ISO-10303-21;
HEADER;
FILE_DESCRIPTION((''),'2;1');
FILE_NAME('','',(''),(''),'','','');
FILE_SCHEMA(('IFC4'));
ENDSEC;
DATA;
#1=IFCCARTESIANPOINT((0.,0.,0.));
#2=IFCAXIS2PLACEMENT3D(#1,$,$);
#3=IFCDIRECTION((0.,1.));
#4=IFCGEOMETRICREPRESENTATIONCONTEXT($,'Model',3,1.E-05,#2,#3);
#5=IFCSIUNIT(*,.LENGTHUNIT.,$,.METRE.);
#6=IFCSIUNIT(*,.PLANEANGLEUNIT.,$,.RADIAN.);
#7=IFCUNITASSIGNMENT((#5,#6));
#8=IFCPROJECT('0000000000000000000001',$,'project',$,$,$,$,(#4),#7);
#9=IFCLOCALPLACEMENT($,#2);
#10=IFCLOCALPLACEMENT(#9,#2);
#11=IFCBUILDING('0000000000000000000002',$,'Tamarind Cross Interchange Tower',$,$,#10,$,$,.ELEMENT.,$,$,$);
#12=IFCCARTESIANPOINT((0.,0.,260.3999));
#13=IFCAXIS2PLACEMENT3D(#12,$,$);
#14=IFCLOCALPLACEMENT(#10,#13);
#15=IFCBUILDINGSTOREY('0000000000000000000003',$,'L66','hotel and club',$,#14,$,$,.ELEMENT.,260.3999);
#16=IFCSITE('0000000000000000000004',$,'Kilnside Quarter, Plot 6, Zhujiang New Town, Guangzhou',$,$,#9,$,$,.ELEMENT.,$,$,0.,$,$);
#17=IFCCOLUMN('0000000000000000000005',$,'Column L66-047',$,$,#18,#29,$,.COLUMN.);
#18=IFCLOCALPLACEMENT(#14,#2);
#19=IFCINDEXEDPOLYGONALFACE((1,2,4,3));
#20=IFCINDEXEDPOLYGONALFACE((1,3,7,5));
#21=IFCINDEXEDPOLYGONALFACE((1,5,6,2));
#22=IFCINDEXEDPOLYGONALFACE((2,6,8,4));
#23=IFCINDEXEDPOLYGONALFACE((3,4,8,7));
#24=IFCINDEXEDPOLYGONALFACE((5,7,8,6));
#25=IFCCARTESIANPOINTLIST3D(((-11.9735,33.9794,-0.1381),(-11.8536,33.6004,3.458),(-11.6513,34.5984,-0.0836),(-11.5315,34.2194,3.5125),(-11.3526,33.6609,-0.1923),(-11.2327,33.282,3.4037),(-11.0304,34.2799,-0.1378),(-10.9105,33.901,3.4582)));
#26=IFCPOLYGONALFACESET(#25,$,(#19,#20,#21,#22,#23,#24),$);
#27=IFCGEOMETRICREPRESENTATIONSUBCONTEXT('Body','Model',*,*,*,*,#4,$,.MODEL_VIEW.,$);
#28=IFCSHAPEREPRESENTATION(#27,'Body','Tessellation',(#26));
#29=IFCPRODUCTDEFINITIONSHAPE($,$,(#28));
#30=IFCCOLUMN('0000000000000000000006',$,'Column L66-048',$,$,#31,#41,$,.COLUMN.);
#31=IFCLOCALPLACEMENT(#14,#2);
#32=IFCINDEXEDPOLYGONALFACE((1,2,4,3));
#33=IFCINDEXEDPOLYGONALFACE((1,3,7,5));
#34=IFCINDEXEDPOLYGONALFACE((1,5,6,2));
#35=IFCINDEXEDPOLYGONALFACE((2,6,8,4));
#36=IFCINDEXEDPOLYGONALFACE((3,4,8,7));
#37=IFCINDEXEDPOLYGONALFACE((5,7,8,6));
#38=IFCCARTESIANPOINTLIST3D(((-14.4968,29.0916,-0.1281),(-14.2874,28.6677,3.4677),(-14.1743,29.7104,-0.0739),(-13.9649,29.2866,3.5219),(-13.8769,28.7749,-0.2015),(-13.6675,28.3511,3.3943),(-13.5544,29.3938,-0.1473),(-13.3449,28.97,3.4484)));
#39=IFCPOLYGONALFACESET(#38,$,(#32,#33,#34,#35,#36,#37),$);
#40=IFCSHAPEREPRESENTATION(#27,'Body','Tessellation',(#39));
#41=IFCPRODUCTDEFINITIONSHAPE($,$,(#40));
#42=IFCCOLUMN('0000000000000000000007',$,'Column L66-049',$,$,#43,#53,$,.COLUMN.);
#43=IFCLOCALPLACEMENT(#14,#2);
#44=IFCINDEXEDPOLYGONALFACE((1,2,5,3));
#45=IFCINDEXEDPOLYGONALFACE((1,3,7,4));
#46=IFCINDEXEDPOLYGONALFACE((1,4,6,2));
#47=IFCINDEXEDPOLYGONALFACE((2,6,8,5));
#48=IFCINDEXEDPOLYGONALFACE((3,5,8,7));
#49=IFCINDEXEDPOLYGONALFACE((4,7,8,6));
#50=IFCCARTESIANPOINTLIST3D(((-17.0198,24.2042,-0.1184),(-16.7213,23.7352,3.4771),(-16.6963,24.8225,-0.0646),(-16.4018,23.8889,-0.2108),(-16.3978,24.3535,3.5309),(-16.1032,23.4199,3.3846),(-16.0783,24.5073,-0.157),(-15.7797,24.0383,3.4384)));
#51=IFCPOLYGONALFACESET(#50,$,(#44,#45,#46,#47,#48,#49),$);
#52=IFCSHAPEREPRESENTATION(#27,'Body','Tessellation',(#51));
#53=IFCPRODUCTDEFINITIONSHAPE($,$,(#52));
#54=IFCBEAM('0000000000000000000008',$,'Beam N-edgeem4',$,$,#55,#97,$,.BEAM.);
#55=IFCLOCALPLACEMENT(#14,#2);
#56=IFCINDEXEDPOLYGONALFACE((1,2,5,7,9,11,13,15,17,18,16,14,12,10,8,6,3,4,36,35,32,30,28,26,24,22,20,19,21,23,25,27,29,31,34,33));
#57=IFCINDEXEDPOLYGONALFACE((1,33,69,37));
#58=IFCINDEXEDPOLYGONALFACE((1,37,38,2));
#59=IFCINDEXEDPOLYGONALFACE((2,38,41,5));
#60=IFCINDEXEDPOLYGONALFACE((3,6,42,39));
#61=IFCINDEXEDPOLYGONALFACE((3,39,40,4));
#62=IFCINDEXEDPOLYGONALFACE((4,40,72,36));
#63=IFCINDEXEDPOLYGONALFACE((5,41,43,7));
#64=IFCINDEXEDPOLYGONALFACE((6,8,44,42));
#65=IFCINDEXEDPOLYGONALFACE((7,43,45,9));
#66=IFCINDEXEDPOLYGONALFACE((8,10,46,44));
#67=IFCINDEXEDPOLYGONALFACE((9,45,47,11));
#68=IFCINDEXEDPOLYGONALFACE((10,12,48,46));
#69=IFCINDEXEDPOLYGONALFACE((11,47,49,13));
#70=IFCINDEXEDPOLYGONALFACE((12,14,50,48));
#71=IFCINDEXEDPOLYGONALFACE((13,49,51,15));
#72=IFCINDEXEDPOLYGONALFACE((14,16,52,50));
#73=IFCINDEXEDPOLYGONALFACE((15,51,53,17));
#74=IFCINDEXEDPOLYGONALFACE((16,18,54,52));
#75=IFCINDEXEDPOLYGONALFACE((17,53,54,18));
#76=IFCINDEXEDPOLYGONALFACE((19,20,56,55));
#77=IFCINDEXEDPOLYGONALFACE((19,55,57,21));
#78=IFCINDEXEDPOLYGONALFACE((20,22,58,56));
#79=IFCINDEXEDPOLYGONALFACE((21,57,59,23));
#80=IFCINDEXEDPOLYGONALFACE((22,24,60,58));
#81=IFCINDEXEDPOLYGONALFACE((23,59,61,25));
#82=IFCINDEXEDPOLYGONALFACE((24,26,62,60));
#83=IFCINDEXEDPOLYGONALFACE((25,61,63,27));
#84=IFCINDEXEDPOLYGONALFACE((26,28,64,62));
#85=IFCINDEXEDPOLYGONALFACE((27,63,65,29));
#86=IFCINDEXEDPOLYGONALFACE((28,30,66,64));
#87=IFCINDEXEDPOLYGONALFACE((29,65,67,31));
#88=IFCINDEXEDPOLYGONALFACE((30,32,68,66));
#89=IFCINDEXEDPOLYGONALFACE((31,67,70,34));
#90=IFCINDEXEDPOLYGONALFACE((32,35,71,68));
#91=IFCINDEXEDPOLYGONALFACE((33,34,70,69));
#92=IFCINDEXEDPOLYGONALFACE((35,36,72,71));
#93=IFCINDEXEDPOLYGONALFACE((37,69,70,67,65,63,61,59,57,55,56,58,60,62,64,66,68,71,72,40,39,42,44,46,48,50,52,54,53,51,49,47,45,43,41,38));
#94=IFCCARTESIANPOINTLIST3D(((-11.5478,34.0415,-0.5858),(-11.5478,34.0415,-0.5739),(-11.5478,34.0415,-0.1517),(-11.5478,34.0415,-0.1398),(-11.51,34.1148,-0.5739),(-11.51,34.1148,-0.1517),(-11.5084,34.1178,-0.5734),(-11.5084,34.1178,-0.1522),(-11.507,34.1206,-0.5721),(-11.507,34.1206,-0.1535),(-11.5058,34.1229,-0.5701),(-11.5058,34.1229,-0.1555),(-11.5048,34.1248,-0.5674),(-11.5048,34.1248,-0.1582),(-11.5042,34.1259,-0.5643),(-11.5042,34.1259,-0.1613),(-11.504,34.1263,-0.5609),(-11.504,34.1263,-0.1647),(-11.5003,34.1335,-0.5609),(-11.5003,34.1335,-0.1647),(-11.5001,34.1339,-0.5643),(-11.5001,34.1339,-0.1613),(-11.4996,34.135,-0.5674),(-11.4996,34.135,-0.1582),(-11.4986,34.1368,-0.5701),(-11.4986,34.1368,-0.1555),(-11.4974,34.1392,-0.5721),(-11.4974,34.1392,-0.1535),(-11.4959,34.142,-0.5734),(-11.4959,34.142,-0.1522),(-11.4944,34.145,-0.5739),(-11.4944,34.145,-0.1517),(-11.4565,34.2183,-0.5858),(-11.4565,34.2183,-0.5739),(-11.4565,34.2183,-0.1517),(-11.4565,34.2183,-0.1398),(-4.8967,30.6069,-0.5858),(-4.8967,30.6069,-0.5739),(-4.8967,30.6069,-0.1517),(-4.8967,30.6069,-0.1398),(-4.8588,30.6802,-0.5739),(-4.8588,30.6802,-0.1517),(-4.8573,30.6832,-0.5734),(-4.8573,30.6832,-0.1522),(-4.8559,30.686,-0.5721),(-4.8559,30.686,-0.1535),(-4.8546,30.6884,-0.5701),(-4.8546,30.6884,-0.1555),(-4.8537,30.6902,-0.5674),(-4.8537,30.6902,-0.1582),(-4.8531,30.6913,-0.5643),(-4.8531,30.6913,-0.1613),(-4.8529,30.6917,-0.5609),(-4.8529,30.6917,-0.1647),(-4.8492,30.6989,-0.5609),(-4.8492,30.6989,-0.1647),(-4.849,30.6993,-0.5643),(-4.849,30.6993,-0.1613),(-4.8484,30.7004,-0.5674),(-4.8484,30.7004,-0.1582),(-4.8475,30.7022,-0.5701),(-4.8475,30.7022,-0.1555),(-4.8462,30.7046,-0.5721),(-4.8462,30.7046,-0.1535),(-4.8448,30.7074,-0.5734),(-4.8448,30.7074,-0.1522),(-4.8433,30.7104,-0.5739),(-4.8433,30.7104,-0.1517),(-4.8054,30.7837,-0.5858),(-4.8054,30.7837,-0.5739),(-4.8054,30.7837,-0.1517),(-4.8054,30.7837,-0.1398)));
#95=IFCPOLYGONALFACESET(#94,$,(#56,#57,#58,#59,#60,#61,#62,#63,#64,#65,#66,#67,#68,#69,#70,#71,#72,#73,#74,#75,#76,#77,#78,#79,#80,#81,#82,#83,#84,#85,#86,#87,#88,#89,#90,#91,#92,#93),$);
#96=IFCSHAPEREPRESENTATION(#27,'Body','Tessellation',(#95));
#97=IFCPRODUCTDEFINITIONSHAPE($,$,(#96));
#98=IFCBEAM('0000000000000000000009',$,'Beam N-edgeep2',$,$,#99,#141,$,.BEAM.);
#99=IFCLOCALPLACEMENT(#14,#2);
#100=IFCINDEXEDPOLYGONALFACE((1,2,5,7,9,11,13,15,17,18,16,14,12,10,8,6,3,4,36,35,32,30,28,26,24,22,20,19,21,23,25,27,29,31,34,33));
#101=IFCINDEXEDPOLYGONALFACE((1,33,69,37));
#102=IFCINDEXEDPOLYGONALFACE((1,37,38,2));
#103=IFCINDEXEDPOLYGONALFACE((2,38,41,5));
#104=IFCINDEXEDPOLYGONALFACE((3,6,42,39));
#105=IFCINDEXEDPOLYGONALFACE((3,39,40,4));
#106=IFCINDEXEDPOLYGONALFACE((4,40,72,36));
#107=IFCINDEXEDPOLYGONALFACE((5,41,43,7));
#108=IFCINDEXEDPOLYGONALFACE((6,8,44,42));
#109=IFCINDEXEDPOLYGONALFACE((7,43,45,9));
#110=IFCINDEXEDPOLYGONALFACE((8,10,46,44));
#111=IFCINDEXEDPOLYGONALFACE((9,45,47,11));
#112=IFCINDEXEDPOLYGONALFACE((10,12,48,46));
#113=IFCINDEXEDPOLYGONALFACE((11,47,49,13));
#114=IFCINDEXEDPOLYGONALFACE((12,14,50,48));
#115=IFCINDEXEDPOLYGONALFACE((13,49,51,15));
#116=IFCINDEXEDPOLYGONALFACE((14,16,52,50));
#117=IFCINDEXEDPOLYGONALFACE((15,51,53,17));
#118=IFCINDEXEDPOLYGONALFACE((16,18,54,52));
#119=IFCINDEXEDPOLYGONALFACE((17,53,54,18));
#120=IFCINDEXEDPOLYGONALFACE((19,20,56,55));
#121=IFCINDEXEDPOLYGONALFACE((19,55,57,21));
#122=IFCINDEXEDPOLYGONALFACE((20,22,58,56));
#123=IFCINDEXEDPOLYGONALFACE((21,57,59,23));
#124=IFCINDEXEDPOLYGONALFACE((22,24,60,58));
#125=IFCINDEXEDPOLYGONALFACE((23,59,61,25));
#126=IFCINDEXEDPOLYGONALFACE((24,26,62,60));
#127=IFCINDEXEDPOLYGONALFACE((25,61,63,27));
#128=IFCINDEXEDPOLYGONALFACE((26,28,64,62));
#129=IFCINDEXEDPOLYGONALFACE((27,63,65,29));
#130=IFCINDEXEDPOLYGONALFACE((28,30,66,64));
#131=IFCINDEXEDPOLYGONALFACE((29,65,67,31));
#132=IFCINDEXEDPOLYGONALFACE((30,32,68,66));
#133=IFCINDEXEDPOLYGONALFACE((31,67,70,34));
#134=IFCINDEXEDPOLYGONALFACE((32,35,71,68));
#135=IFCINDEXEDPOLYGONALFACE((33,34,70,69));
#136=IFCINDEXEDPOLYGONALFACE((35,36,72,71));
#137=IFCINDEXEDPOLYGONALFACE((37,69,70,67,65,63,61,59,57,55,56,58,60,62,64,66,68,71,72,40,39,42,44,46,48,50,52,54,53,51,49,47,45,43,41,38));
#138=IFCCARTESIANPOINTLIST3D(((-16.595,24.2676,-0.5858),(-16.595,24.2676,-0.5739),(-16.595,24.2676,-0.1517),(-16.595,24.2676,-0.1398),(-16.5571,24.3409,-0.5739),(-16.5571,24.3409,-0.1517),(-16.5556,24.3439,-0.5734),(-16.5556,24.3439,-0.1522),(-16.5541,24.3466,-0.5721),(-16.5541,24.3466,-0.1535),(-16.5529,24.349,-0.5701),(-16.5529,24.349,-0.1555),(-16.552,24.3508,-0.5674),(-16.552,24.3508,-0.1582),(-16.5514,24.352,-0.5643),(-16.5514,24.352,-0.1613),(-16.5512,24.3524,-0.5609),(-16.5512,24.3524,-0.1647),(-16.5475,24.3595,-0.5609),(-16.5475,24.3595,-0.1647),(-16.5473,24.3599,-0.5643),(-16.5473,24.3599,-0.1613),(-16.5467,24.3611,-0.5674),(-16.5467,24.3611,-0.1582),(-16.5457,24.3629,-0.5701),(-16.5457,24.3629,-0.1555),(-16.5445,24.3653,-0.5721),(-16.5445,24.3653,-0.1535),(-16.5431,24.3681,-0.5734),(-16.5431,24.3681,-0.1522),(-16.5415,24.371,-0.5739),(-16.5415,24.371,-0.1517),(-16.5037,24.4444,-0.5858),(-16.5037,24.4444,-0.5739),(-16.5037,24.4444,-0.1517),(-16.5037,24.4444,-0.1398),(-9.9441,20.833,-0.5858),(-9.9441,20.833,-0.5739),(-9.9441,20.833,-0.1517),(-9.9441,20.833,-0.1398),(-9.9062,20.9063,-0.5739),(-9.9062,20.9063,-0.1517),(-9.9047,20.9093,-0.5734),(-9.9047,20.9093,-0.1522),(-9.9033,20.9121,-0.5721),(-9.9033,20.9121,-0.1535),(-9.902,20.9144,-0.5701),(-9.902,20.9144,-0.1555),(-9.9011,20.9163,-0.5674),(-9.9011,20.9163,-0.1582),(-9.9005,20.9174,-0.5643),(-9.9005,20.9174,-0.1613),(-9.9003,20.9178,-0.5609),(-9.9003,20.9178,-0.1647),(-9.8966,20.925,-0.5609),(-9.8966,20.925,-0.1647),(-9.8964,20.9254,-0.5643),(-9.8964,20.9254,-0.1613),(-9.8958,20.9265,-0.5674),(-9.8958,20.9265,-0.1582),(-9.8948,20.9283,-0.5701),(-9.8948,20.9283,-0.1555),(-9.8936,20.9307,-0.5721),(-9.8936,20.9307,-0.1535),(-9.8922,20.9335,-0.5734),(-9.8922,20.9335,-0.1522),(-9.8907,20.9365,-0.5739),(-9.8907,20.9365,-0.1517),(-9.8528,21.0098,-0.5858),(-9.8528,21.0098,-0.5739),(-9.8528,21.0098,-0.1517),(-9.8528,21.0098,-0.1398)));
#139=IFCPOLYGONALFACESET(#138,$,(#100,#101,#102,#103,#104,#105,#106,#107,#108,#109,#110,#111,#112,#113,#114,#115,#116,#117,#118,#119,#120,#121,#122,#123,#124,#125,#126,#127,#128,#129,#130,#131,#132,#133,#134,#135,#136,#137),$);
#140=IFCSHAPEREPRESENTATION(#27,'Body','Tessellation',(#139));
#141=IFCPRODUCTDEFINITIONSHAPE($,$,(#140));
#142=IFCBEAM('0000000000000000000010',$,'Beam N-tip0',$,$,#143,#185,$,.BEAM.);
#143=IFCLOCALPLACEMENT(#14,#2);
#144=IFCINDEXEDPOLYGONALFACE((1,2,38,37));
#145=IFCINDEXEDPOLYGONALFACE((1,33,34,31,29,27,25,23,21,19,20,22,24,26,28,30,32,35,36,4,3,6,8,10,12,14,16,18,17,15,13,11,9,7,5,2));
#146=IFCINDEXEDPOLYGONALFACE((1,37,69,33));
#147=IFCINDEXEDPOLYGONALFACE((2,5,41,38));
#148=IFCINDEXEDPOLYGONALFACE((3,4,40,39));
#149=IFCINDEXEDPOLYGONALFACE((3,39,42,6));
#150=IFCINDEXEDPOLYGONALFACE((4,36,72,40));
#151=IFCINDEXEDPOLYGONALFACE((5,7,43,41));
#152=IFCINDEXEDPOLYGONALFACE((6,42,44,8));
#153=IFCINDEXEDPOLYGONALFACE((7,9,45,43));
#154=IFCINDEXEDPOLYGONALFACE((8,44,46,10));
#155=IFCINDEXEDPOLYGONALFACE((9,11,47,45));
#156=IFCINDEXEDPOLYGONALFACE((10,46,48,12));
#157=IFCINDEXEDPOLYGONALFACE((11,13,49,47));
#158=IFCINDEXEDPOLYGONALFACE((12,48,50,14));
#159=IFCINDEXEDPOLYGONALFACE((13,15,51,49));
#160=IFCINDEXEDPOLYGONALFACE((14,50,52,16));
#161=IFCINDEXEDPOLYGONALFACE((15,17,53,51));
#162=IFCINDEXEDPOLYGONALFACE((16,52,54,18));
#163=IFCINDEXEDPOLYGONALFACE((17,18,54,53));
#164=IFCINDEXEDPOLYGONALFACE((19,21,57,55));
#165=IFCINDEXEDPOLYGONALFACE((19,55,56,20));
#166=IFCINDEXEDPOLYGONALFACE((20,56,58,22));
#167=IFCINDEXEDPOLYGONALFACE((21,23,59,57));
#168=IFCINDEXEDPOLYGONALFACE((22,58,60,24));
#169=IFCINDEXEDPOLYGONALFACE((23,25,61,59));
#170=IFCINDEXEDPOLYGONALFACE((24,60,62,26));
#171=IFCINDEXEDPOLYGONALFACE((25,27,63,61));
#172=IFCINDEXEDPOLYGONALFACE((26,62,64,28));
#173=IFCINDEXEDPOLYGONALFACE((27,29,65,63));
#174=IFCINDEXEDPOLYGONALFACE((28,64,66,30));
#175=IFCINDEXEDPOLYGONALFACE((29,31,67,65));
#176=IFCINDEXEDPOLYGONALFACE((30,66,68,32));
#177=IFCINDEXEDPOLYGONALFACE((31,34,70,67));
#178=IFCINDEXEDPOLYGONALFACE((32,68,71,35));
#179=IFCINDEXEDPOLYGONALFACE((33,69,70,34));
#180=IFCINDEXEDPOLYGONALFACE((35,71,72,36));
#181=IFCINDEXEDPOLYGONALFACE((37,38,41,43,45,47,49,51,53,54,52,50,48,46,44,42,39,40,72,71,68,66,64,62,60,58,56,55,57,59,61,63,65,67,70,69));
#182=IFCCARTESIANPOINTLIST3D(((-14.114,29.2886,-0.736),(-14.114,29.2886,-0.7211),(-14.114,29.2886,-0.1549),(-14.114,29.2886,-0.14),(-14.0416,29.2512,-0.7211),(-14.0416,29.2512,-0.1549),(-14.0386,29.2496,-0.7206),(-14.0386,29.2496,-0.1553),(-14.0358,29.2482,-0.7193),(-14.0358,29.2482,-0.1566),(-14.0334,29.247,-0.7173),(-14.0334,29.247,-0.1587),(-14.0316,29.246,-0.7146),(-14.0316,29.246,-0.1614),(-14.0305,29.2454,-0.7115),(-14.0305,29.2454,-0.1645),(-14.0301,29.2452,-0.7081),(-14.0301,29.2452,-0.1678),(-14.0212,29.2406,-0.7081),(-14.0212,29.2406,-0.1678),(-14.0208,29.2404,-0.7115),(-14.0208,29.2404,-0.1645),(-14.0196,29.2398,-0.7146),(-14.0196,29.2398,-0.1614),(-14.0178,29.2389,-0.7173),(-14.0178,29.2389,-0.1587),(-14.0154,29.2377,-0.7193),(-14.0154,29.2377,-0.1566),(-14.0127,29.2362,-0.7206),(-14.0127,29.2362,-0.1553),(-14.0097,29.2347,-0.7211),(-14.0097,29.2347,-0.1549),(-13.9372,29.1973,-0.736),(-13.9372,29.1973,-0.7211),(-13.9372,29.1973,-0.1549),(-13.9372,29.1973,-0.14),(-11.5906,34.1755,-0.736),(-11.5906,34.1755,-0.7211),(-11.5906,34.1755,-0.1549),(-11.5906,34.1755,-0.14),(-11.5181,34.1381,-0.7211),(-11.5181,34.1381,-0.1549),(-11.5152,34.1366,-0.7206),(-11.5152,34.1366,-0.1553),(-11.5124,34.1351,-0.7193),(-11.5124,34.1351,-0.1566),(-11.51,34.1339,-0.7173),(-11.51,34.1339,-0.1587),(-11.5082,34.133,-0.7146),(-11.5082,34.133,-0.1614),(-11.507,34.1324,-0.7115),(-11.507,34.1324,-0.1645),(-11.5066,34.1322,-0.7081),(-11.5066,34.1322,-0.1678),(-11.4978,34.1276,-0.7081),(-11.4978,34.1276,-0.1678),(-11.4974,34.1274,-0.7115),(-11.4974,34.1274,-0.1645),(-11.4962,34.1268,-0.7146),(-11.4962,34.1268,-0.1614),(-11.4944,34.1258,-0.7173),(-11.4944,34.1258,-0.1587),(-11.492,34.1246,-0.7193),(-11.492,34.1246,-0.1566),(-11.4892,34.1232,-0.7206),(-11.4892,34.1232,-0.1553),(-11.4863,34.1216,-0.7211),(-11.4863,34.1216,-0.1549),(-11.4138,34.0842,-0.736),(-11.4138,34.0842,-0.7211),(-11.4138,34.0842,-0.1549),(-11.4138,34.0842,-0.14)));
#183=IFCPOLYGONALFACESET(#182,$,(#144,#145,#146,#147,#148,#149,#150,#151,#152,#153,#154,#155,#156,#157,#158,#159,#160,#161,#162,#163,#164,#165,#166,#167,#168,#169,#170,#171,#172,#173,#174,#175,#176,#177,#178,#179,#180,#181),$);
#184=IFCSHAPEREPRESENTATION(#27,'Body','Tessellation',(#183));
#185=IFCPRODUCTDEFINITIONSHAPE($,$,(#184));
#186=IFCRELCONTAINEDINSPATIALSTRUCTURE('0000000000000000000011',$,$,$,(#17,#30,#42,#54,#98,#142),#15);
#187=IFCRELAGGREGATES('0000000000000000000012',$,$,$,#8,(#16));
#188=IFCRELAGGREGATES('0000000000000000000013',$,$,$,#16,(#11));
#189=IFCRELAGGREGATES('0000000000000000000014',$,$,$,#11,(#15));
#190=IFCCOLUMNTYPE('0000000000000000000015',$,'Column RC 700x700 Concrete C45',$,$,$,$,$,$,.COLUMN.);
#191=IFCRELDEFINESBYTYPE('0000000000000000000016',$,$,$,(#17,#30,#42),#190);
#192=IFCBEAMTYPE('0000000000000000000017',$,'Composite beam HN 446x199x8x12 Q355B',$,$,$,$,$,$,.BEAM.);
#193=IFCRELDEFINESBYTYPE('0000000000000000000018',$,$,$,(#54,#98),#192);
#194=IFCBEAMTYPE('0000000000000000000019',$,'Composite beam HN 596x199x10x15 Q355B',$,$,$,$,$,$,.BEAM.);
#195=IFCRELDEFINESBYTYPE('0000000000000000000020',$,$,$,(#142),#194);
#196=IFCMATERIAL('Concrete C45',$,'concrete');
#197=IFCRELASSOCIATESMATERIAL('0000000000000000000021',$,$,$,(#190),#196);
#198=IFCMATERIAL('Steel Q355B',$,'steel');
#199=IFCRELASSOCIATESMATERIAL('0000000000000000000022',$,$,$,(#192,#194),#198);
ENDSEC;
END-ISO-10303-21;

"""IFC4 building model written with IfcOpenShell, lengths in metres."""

from ifc_helpers import new_model, si_unit, direction, frame, origin, origin_2d, place, context, subcontext, project, spatial, rectangle, i_section, extrude, material, material_profile, profile_set, type_object, element, save


model = new_model("IFC4")

# Units and contexts
model_context = context("Model", 3, precision=1e-05, world=origin(), true_north=direction((0.0, 1.0)))
body_context = subcontext(model_context, "Body", "Model", "MODEL_VIEW")
ifc_project = project(units=[si_unit("LENGTHUNIT", "METRE"), si_unit("PLANEANGLEUNIT", "RADIAN")], contexts=[model_context])

# Site, building, storey
site_placement = place(None, origin())
site = spatial("IfcSite", under=ifc_project, at=site_placement, Name="Kilnside Quarter, Plot 6, Zhujiang New Town, Guangzhou", CompositionType="ELEMENT", RefElevation=0.0)
building_placement = place(site_placement, origin())
building = spatial("IfcBuilding", under=site, at=building_placement, Name="Tamarind Cross Interchange Tower", CompositionType="ELEMENT")
storey_placement = place(building_placement, frame((0.0, 0.0, 260.3999)))
storey = spatial("IfcBuildingStorey", under=building, at=storey_placement, Name="L66", Description="hotel and club", CompositionType="ELEMENT", Elevation=260.3999)

# Columns
ifc_material_1 = material(Name="Concrete C45", Category="concrete")
ifc_material_profile_1 = material_profile(ifc_material_1, rectangle(XDim=0.7, YDim=0.7, at=origin_2d()), Name="RC 700x700")
ifc_profile_set_1 = profile_set([ifc_material_profile_1], Name="Concrete C45")
column_type = type_object("IfcColumnType", Name="Column RC 700x700 Concrete C45", PredefinedType="COLUMN", material=ifc_profile_set_1)
column_1_placement = place(storey_placement, frame((-11.502, 34.1296, -0.1379), z_axis=(0.033134, -0.104733, 0.993948), x_axis=(0.460295, 0.884347, 0.07784)))
element("IfcColumn", 1, at=column_1_placement, inside=storey, type_object=column_type, Name="Column L66-047", PredefinedType="COLUMN", context=body_context, shape_type="SweptSolid", body=[
    extrude(rectangle(XDim=0.7, YDim=0.7, at=origin_2d()), origin(), (0.0, 0.0, 1.0), 3.6179),
])
column_2_placement = place(storey_placement, frame((-14.0256, 29.2427, -0.1377), z_axis=(0.057759, -0.116865, 0.991467), x_axis=(0.460766, 0.884143, 0.077372)))
element("IfcColumn", 2, at=column_2_placement, inside=storey, type_object=column_type, Name="Column L66-048", PredefinedType="COLUMN", context=body_context, shape_type="SweptSolid", body=[
    extrude(rectangle(XDim=0.7, YDim=0.7, at=origin_2d()), origin(), (0.0, 0.0, 1.0), 3.6267),
])
column_3_placement = place(storey_placement, frame((-16.5491, 24.3557, -0.1377), z_axis=(0.082069, -0.128909, 0.988255), x_axis=(0.462175, 0.883452, 0.076857)))
element("IfcColumn", 3, at=column_3_placement, inside=storey, type_object=column_type, Name="Column L66-049", PredefinedType="COLUMN", context=body_context, shape_type="SweptSolid", body=[
    extrude(rectangle(XDim=0.7, YDim=0.7, at=origin_2d()), origin(), (0.0, 0.0, 1.0), 3.6382),
])

# Beams
ifc_material_2 = material(Name="Steel Q355B", Category="steel")
ifc_material_profile_2 = material_profile(ifc_material_2, i_section(OverallWidth=0.199, OverallDepth=0.446, WebThickness=0.0081, FlangeThickness=0.012, FilletRadius=0.0129, at=origin_2d()), Name="HN 446x199x8x12")
ifc_profile_set_2 = profile_set([ifc_material_profile_2], Name="Steel Q355B")
beam_type_1 = type_object("IfcBeamType", Name="Composite beam HN 446x199x8x12 Q355B", PredefinedType="BEAM", material=ifc_profile_set_2)
beam_1_placement = place(storey_placement, frame((-11.5022, 34.1299, -0.3628), z_axis=(0.888526, -0.458826, 0.0), x_axis=(0.458826, 0.888526, 0.0)))
element("IfcBeam", 4, at=beam_1_placement, inside=storey, type_object=beam_type_1, Name="Beam N-edgeem4", PredefinedType="BEAM", context=body_context, shape_type="SweptSolid", body=[
    extrude(i_section(OverallWidth=0.199, OverallDepth=0.446, WebThickness=0.0081, FlangeThickness=0.012, FilletRadius=0.0129, at=origin_2d()), origin(), (0.0, 0.0, 1.0), 7.4856),
])
beam_2_placement = place(storey_placement, frame((-16.5493, 24.356, -0.3628), z_axis=(0.888519, -0.458839, 0.0), x_axis=(0.458839, 0.888519, 0.0)))
element("IfcBeam", 5, at=beam_2_placement, inside=storey, type_object=beam_type_1, Name="Beam N-edgeep2", PredefinedType="BEAM", context=body_context, shape_type="SweptSolid", body=[
    extrude(i_section(OverallWidth=0.199, OverallDepth=0.446, WebThickness=0.0081, FlangeThickness=0.012, FilletRadius=0.0129, at=origin_2d()), origin(), (0.0, 0.0, 1.0), 7.4854),
])
ifc_material_profile_3 = material_profile(ifc_material_2, i_section(OverallWidth=0.199, OverallDepth=0.5959, WebThickness=0.01, FlangeThickness=0.0149, FilletRadius=0.0129, at=origin_2d()), Name="HN 596x199x10x15")
ifc_profile_set_3 = profile_set([ifc_material_profile_3], Name="Steel Q355B")
beam_type_2 = type_object("IfcBeamType", Name="Composite beam HN 596x199x10x15 Q355B", PredefinedType="BEAM", material=ifc_profile_set_3)
beam_3_placement = place(storey_placement, frame((-11.5022, 34.1299, -0.438), z_axis=(-0.458806, -0.888537, 0.0), x_axis=(0.888537, -0.458806, 0.0)))
element("IfcBeam", 6, at=beam_3_placement, inside=storey, type_object=beam_type_2, Name="Beam N-tip0", PredefinedType="BEAM", context=body_context, shape_type="SweptSolid", body=[
    extrude(i_section(OverallWidth=0.199, OverallDepth=0.5959, WebThickness=0.01, FlangeThickness=0.0149, FilletRadius=0.0129, at=origin_2d()), origin(), (0.0, 0.0, 1.0), 5.5),
])

save(model, "model.ifc")
